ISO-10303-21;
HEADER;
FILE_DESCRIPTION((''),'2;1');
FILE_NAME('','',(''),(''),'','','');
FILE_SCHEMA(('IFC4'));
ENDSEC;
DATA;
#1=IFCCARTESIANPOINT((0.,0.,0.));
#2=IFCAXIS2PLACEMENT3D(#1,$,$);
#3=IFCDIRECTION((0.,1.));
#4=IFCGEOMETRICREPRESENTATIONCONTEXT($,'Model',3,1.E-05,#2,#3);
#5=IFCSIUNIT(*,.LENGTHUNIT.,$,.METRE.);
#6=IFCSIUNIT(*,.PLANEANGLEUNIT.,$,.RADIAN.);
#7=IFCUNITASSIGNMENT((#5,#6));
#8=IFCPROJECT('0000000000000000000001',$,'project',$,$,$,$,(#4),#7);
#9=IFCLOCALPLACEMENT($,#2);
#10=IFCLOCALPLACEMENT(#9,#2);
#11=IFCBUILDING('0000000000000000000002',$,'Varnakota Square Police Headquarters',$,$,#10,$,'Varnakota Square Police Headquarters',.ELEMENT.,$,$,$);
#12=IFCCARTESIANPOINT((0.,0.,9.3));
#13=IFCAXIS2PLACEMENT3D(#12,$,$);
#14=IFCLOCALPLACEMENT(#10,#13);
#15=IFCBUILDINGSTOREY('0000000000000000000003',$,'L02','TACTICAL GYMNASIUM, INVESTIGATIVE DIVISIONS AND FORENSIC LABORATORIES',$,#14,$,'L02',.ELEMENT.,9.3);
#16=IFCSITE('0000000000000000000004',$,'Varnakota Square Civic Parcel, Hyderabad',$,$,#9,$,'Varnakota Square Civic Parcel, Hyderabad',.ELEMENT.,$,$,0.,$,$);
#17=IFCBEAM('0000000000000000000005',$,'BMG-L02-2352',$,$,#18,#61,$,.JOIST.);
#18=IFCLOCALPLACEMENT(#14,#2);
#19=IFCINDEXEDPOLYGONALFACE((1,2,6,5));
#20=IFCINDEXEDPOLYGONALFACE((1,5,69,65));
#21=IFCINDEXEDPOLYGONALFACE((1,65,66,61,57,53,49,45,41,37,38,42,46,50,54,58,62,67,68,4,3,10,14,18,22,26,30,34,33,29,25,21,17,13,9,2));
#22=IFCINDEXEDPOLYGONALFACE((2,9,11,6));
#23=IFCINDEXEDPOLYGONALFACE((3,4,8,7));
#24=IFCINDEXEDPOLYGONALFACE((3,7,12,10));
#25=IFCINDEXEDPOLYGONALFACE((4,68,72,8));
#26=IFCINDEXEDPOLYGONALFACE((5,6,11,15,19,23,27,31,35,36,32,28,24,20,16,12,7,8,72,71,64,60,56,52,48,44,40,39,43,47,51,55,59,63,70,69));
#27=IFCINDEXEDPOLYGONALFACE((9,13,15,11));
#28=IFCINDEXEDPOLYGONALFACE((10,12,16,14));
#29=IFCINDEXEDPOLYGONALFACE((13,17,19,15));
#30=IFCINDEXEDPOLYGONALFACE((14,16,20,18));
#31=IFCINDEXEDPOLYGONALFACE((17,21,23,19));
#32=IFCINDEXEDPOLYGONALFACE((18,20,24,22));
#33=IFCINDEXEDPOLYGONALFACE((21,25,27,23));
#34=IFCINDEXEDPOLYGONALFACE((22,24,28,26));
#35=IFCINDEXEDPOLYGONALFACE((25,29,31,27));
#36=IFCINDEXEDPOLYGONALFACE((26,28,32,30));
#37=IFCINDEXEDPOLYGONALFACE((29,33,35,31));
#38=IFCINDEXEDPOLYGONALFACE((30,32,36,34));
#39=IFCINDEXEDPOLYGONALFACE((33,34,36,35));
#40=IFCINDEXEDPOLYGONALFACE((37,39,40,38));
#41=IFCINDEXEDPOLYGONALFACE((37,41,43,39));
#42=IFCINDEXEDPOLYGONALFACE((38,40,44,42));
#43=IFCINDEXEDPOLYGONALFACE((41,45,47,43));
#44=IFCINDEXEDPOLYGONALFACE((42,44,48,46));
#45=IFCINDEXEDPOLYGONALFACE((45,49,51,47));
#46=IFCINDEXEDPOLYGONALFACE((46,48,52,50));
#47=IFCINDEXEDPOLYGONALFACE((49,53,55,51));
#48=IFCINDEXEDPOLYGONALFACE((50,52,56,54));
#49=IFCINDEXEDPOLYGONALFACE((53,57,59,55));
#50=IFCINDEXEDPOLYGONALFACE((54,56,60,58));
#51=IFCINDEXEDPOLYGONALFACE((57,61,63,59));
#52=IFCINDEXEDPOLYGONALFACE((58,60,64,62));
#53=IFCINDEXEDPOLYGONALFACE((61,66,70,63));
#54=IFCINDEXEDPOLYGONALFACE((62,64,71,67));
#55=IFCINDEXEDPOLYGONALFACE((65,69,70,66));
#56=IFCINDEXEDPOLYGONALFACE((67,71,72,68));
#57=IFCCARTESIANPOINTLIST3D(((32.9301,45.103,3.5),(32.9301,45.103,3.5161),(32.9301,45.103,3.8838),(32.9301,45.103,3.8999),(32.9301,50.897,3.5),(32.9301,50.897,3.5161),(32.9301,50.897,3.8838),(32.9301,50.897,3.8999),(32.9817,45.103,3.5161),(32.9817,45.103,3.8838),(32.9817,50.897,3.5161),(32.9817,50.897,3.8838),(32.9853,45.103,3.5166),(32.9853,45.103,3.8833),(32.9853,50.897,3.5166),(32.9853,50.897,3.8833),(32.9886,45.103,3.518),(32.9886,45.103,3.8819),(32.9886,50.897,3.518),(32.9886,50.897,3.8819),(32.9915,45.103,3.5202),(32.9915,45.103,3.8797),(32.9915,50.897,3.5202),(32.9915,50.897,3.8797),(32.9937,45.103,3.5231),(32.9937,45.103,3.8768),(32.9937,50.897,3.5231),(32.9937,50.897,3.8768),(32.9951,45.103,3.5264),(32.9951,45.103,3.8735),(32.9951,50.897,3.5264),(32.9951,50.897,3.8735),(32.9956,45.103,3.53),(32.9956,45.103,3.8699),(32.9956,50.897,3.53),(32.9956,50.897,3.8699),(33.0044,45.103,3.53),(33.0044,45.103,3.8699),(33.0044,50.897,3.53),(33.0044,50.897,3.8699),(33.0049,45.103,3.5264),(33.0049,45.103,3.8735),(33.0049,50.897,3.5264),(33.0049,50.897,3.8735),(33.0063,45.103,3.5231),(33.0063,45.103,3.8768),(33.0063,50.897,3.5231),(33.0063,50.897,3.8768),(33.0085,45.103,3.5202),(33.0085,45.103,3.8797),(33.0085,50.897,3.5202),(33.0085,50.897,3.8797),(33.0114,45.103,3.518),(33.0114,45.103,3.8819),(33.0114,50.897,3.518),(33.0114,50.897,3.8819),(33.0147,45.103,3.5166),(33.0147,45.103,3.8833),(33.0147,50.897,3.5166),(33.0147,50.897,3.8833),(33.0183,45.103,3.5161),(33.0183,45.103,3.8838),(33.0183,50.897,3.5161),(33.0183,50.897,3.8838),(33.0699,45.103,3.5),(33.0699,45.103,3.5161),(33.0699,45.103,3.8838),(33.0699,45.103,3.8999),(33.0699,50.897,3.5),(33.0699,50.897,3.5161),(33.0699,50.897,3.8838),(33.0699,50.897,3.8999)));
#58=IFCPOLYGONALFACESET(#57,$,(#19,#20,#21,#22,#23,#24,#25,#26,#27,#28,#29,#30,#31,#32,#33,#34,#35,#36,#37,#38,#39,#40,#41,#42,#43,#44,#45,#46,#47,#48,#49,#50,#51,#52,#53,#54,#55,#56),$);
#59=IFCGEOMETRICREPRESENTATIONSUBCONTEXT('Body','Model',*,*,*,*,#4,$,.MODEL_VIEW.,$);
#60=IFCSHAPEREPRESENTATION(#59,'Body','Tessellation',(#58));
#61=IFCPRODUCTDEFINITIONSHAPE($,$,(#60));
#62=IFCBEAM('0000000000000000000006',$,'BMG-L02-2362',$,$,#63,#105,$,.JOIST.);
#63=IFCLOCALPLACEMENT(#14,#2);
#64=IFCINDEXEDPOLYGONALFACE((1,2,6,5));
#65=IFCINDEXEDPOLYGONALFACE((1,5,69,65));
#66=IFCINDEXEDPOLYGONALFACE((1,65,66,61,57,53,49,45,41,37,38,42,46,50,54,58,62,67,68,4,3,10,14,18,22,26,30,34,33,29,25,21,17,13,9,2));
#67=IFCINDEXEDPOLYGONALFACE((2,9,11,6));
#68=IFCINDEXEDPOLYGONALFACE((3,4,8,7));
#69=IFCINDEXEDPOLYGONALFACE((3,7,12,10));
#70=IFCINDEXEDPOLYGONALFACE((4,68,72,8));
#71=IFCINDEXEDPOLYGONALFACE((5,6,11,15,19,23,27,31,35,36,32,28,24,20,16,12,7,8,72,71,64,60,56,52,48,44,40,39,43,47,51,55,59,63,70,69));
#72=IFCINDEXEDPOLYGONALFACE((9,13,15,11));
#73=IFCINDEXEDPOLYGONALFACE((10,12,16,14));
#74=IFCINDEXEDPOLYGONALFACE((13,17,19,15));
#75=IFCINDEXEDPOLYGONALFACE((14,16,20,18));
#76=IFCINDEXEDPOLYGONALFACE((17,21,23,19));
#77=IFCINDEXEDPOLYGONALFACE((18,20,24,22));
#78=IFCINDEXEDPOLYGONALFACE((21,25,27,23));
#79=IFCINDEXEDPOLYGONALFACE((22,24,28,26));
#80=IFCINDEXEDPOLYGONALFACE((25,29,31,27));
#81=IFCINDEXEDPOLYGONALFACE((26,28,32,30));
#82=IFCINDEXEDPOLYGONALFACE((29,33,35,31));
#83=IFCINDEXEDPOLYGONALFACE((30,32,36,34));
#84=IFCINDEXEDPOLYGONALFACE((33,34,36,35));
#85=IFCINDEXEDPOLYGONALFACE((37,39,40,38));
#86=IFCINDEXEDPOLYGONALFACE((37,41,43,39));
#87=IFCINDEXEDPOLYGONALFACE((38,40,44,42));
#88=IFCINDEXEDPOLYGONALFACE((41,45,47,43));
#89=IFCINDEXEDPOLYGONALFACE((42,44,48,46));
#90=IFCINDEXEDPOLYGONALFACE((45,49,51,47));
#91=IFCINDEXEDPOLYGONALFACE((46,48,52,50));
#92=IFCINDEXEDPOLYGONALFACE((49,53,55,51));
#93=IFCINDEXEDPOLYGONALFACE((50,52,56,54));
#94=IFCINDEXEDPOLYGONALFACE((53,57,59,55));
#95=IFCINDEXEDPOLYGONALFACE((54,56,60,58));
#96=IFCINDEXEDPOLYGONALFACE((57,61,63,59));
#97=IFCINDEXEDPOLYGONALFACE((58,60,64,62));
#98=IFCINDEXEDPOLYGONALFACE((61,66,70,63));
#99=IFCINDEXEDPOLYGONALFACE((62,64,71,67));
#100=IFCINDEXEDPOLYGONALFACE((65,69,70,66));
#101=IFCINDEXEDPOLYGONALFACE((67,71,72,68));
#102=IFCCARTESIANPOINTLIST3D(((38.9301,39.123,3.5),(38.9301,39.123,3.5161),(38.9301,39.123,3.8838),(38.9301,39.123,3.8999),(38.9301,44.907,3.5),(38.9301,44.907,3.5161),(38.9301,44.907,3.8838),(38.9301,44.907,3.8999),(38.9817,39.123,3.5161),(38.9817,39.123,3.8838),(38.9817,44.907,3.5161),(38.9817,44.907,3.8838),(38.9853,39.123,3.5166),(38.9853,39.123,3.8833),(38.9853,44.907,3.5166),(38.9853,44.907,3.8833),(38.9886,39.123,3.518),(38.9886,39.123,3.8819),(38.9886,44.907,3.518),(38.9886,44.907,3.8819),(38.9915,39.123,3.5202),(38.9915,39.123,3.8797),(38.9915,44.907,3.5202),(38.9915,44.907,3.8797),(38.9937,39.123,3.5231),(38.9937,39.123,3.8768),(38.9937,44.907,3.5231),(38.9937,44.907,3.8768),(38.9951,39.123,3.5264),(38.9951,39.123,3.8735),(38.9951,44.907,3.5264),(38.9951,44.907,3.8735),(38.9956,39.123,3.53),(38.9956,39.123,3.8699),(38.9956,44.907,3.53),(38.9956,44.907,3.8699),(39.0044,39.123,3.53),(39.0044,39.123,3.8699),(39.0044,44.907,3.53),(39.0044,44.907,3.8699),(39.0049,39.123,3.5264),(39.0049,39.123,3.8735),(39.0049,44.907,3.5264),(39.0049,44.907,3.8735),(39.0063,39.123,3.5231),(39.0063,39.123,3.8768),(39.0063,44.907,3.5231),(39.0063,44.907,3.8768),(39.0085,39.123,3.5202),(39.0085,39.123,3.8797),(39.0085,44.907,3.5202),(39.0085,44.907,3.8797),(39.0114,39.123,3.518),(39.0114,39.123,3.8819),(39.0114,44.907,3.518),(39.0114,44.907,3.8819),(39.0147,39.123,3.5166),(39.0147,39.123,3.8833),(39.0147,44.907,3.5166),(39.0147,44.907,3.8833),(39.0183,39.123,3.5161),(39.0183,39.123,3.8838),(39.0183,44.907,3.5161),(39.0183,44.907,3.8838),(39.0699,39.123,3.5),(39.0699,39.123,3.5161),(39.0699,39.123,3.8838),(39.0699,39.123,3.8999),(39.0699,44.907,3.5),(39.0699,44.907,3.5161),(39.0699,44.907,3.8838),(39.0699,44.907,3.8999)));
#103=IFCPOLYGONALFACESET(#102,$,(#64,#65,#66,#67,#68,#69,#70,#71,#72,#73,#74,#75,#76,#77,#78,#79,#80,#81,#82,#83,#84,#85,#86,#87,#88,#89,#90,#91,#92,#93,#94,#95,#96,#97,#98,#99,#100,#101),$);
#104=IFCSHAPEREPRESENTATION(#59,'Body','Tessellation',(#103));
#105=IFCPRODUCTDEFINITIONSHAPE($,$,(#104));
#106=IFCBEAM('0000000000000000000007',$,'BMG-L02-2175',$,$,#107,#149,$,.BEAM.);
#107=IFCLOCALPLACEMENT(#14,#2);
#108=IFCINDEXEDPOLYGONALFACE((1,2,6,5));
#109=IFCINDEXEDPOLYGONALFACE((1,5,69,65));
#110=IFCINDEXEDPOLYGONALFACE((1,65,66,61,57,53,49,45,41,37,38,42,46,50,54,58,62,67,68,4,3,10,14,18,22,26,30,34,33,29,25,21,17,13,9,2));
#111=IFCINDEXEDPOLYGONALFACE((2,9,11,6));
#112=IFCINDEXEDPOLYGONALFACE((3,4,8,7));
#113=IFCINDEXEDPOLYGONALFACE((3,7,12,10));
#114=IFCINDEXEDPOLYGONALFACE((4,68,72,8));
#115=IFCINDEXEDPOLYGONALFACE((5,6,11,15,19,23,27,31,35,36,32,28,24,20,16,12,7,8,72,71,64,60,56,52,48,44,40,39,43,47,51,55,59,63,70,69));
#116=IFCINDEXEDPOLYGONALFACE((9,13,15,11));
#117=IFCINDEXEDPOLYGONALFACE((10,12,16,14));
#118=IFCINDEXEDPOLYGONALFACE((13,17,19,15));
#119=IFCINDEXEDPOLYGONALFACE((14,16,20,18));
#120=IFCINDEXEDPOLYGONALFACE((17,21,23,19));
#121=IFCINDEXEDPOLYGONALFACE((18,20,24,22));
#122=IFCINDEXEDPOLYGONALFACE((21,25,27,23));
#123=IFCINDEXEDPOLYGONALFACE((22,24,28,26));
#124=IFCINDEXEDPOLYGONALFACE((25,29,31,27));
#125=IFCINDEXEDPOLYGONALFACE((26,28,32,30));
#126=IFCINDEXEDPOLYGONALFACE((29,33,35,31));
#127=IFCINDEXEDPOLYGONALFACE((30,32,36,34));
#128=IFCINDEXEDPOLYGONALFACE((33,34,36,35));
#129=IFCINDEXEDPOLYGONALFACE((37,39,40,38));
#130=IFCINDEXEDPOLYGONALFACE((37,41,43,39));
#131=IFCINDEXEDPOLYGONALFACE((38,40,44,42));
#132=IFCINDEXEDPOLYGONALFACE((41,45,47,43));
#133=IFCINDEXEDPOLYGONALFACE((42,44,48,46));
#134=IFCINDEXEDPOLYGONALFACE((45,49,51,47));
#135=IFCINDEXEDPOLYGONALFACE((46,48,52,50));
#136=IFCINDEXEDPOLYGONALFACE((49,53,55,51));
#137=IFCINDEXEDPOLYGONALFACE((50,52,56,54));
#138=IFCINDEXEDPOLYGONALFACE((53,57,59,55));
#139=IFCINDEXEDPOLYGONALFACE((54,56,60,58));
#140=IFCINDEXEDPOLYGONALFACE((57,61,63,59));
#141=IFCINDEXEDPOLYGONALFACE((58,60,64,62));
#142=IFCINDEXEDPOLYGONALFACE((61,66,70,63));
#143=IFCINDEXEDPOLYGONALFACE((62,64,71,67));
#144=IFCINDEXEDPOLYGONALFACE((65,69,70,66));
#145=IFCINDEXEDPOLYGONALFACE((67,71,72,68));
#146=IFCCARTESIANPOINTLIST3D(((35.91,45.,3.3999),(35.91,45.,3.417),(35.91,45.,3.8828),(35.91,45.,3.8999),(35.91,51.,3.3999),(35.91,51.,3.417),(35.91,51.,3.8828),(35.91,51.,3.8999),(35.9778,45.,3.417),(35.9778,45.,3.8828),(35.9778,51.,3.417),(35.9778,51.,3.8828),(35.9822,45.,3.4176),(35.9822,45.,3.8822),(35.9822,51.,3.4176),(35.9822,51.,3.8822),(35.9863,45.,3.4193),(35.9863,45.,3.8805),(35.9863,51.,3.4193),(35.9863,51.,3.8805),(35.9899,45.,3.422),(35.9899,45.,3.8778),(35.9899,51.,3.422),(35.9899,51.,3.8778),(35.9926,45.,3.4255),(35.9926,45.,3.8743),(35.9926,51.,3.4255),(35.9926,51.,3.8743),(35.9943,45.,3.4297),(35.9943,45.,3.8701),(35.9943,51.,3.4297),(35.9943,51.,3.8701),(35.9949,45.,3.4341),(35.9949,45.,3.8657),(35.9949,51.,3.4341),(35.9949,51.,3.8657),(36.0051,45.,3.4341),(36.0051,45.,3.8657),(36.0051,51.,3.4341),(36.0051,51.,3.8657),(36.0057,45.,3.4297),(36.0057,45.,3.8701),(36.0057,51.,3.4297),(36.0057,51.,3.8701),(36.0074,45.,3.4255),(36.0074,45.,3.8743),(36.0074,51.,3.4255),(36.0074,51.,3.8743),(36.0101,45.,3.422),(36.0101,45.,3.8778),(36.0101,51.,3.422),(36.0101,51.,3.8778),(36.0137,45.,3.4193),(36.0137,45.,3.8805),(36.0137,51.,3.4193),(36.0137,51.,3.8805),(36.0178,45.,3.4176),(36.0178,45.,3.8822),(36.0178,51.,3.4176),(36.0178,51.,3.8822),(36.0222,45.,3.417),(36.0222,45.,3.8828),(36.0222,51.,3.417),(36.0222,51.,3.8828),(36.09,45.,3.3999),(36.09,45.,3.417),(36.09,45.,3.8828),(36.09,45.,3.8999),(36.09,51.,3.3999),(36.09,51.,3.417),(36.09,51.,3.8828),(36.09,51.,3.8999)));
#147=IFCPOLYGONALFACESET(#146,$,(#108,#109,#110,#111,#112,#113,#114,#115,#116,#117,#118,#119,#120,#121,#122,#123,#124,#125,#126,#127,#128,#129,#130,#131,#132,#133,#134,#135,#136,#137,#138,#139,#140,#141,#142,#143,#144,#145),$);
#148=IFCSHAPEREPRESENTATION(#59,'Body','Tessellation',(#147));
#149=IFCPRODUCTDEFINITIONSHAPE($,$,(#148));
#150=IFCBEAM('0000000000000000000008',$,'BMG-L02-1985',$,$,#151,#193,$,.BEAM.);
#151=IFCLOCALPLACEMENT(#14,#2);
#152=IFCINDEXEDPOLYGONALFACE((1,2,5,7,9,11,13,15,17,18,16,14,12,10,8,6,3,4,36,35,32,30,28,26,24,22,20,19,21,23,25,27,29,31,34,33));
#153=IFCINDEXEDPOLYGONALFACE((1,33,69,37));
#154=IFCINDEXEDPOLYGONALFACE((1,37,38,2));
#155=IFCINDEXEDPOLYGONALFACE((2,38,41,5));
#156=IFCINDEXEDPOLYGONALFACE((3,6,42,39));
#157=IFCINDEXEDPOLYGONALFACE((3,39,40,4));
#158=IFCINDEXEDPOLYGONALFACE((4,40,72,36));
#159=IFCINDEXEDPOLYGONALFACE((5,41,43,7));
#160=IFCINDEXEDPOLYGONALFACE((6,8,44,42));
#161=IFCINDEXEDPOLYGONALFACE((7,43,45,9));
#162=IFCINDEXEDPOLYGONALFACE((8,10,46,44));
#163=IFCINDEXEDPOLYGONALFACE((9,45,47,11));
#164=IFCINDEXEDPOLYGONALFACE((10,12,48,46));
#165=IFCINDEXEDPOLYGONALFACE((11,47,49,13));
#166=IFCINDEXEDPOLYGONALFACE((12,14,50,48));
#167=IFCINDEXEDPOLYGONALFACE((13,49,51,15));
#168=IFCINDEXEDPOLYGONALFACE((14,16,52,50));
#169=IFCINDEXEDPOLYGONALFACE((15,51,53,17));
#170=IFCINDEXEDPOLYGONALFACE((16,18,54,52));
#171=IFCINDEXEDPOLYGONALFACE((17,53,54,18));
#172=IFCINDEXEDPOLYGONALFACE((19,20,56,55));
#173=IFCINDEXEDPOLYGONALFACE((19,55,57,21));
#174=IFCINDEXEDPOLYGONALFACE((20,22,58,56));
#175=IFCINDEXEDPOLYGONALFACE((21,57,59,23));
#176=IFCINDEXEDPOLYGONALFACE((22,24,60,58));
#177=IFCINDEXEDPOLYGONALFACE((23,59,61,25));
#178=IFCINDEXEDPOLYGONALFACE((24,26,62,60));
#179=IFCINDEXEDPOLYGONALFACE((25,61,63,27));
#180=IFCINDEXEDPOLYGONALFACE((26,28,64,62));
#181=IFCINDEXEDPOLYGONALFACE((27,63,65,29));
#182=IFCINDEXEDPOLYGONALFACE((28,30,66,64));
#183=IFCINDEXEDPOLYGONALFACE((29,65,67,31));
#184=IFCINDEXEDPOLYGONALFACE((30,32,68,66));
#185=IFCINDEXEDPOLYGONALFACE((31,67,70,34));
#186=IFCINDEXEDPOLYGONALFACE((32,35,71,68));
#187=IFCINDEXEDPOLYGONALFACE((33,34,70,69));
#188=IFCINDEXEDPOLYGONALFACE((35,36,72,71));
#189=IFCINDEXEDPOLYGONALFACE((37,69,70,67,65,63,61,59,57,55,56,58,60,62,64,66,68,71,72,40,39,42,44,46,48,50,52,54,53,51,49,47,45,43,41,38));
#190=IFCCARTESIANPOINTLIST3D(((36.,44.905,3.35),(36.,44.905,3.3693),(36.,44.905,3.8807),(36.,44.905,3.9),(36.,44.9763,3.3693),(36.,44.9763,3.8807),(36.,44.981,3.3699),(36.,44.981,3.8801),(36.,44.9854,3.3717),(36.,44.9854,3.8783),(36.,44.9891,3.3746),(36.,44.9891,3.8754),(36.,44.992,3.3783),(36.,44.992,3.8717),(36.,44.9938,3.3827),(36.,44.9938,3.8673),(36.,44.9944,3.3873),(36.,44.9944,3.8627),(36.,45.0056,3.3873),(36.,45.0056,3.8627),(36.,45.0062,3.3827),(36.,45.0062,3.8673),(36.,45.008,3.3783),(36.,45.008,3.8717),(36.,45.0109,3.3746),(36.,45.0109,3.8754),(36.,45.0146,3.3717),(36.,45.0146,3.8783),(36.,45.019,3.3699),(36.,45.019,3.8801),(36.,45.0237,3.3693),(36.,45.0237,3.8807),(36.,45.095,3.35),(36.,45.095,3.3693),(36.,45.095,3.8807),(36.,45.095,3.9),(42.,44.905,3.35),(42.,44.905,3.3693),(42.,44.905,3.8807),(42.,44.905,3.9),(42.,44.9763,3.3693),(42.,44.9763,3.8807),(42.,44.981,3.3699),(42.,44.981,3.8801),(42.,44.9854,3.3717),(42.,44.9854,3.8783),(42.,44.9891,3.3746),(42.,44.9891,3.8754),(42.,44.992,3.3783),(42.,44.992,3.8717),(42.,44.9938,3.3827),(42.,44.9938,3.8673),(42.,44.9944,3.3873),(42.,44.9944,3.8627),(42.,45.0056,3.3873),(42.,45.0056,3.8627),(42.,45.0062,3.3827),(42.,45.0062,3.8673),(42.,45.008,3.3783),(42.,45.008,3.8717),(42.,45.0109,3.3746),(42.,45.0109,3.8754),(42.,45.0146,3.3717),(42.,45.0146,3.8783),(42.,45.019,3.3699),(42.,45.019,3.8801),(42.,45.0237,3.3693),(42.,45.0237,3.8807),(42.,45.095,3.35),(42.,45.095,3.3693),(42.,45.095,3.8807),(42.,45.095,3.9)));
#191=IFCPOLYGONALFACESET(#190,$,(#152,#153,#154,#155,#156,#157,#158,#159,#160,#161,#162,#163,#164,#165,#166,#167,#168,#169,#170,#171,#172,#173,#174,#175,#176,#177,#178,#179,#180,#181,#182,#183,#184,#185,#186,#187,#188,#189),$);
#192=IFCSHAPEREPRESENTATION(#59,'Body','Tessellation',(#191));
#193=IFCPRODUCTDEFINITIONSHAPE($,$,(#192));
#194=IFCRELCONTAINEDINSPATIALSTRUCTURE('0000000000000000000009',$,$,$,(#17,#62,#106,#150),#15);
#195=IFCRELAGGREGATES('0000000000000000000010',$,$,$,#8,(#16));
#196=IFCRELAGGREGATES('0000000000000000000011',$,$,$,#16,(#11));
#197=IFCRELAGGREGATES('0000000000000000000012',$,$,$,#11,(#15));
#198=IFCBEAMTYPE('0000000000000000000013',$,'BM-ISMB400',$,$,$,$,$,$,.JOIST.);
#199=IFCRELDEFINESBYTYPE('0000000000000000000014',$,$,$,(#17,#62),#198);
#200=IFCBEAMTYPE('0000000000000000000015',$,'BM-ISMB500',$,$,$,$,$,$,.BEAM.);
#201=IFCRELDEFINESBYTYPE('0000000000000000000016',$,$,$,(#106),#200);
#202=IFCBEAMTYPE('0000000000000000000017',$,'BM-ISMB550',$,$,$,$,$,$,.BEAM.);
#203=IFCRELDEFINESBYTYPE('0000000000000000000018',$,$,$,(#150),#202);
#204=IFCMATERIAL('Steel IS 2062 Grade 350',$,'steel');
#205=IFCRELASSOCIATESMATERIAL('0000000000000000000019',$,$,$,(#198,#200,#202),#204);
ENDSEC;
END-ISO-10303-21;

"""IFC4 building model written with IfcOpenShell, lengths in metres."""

from ifc_helpers import new_model, si_unit, direction, frame, origin, origin_2d, place, context, subcontext, project, spatial, i_section, extrude, material, material_profile, profile_set, type_object, element, save


model = new_model("IFC4")

# Units and contexts
model_context = context("Model", 3, precision=1e-05, world=origin(), true_north=direction((0.0, 1.0)))
body_context = subcontext(model_context, "Body", "Model", "MODEL_VIEW")
ifc_project = project(units=[si_unit("LENGTHUNIT", "METRE"), si_unit("PLANEANGLEUNIT", "RADIAN")], contexts=[model_context])

# Site, building, storey
site_placement = place(None, origin())
site = spatial("IfcSite", under=ifc_project, at=site_placement, Name="Varnakota Square Civic Parcel, Hyderabad", LongName="Varnakota Square Civic Parcel, Hyderabad", CompositionType="ELEMENT", RefElevation=0.0)
building_placement = place(site_placement, origin())
building = spatial("IfcBuilding", under=site, at=building_placement, Name="Varnakota Square Police Headquarters", LongName="Varnakota Square Police Headquarters", CompositionType="ELEMENT")
storey_placement = place(building_placement, frame((0.0, 0.0, 9.3)))
storey = spatial("IfcBuildingStorey", under=building, at=storey_placement, Name="L02", Description="TACTICAL GYMNASIUM, INVESTIGATIVE DIVISIONS AND FORENSIC LABORATORIES", LongName="L02", CompositionType="ELEMENT", Elevation=9.3)

# Shared definitions
ifc_material_1 = material(Name="Steel IS 2062 Grade 350", Category="steel")

# Beams
ifc_material_profile_1 = material_profile(ifc_material_1, i_section(OverallWidth=0.1399, OverallDepth=0.3999, WebThickness=0.0088, FlangeThickness=0.0161, FilletRadius=0.0139, at=origin_2d()), Name="ISMB 400")
ifc_profile_set_1 = profile_set([ifc_material_profile_1], Name="Steel IS 2062 Grade 350")
beam_type_1 = type_object("IfcBeamType", Name="BM-ISMB400", PredefinedType="JOIST", material=ifc_profile_set_1)
beam_1_placement = place(storey_placement, frame((33.0, 45.103, 3.7), z_axis=(0.0, 1.0, 0.0), x_axis=(-1.0, 0.0, 0.0)))
element("IfcBeam", 1, at=beam_1_placement, inside=storey, type_object=beam_type_1, Name="BMG-L02-2352", PredefinedType="JOIST", context=body_context, shape_type="SweptSolid", body=[
    extrude(i_section(OverallWidth=0.1399, OverallDepth=0.3999, WebThickness=0.0088, FlangeThickness=0.0161, FilletRadius=0.0139, at=origin_2d()), origin(), (0.0, 0.0, 1.0), 5.7939),
])
beam_2_placement = place(storey_placement, frame((39.0, 39.123, 3.7), z_axis=(0.0, 1.0, 0.0), x_axis=(-1.0, 0.0, 0.0)))
element("IfcBeam", 2, at=beam_2_placement, inside=storey, type_object=beam_type_1, Name="BMG-L02-2362", PredefinedType="JOIST", context=body_context, shape_type="SweptSolid", body=[
    extrude(i_section(OverallWidth=0.1399, OverallDepth=0.3999, WebThickness=0.0088, FlangeThickness=0.0161, FilletRadius=0.0139, at=origin_2d()), origin(), (0.0, 0.0, 1.0), 5.7839),
])
ifc_material_profile_2 = material_profile(ifc_material_1, i_section(OverallWidth=0.1799, OverallDepth=0.5, WebThickness=0.0103, FlangeThickness=0.0171, FilletRadius=0.0171, at=origin_2d()), Name="ISMB 500")
ifc_profile_set_2 = profile_set([ifc_material_profile_2], Name="Steel IS 2062 Grade 350")
beam_type_2 = type_object("IfcBeamType", Name="BM-ISMB500", PredefinedType="BEAM", material=ifc_profile_set_2)
beam_3_placement = place(storey_placement, frame((36.0, 45.0, 3.6499), z_axis=(0.0, 1.0, 0.0), x_axis=(-1.0, 0.0, 0.0)))
element("IfcBeam", 3, at=beam_3_placement, inside=storey, type_object=beam_type_2, Name="BMG-L02-2175", PredefinedType="BEAM", context=body_context, shape_type="SweptSolid", body=[
    extrude(i_section(OverallWidth=0.1799, OverallDepth=0.5, WebThickness=0.0103, FlangeThickness=0.0171, FilletRadius=0.0171, at=origin_2d()), origin(), (0.0, 0.0, 1.0), 6.0),
])
ifc_material_profile_3 = material_profile(ifc_material_1, i_section(OverallWidth=0.1899, OverallDepth=0.55, WebThickness=0.0112, FlangeThickness=0.0193, FilletRadius=0.0181, at=origin_2d()), Name="ISMB 550")
ifc_profile_set_3 = profile_set([ifc_material_profile_3], Name="Steel IS 2062 Grade 350")
beam_type_3 = type_object("IfcBeamType", Name="BM-ISMB550", PredefinedType="BEAM", material=ifc_profile_set_3)
beam_4_placement = place(storey_placement, frame((36.0, 45.0, 3.625), z_axis=(1.0, 0.0, 0.0), x_axis=(0.0, 1.0, 0.0)))
element("IfcBeam", 4, at=beam_4_placement, inside=storey, type_object=beam_type_3, Name="BMG-L02-1985", PredefinedType="BEAM", context=body_context, shape_type="SweptSolid", body=[
    extrude(i_section(OverallWidth=0.1899, OverallDepth=0.55, WebThickness=0.0112, FlangeThickness=0.0193, FilletRadius=0.0181, at=origin_2d()), origin(), (0.0, 0.0, 1.0), 6.0),
])

save(model, "model.ifc")
